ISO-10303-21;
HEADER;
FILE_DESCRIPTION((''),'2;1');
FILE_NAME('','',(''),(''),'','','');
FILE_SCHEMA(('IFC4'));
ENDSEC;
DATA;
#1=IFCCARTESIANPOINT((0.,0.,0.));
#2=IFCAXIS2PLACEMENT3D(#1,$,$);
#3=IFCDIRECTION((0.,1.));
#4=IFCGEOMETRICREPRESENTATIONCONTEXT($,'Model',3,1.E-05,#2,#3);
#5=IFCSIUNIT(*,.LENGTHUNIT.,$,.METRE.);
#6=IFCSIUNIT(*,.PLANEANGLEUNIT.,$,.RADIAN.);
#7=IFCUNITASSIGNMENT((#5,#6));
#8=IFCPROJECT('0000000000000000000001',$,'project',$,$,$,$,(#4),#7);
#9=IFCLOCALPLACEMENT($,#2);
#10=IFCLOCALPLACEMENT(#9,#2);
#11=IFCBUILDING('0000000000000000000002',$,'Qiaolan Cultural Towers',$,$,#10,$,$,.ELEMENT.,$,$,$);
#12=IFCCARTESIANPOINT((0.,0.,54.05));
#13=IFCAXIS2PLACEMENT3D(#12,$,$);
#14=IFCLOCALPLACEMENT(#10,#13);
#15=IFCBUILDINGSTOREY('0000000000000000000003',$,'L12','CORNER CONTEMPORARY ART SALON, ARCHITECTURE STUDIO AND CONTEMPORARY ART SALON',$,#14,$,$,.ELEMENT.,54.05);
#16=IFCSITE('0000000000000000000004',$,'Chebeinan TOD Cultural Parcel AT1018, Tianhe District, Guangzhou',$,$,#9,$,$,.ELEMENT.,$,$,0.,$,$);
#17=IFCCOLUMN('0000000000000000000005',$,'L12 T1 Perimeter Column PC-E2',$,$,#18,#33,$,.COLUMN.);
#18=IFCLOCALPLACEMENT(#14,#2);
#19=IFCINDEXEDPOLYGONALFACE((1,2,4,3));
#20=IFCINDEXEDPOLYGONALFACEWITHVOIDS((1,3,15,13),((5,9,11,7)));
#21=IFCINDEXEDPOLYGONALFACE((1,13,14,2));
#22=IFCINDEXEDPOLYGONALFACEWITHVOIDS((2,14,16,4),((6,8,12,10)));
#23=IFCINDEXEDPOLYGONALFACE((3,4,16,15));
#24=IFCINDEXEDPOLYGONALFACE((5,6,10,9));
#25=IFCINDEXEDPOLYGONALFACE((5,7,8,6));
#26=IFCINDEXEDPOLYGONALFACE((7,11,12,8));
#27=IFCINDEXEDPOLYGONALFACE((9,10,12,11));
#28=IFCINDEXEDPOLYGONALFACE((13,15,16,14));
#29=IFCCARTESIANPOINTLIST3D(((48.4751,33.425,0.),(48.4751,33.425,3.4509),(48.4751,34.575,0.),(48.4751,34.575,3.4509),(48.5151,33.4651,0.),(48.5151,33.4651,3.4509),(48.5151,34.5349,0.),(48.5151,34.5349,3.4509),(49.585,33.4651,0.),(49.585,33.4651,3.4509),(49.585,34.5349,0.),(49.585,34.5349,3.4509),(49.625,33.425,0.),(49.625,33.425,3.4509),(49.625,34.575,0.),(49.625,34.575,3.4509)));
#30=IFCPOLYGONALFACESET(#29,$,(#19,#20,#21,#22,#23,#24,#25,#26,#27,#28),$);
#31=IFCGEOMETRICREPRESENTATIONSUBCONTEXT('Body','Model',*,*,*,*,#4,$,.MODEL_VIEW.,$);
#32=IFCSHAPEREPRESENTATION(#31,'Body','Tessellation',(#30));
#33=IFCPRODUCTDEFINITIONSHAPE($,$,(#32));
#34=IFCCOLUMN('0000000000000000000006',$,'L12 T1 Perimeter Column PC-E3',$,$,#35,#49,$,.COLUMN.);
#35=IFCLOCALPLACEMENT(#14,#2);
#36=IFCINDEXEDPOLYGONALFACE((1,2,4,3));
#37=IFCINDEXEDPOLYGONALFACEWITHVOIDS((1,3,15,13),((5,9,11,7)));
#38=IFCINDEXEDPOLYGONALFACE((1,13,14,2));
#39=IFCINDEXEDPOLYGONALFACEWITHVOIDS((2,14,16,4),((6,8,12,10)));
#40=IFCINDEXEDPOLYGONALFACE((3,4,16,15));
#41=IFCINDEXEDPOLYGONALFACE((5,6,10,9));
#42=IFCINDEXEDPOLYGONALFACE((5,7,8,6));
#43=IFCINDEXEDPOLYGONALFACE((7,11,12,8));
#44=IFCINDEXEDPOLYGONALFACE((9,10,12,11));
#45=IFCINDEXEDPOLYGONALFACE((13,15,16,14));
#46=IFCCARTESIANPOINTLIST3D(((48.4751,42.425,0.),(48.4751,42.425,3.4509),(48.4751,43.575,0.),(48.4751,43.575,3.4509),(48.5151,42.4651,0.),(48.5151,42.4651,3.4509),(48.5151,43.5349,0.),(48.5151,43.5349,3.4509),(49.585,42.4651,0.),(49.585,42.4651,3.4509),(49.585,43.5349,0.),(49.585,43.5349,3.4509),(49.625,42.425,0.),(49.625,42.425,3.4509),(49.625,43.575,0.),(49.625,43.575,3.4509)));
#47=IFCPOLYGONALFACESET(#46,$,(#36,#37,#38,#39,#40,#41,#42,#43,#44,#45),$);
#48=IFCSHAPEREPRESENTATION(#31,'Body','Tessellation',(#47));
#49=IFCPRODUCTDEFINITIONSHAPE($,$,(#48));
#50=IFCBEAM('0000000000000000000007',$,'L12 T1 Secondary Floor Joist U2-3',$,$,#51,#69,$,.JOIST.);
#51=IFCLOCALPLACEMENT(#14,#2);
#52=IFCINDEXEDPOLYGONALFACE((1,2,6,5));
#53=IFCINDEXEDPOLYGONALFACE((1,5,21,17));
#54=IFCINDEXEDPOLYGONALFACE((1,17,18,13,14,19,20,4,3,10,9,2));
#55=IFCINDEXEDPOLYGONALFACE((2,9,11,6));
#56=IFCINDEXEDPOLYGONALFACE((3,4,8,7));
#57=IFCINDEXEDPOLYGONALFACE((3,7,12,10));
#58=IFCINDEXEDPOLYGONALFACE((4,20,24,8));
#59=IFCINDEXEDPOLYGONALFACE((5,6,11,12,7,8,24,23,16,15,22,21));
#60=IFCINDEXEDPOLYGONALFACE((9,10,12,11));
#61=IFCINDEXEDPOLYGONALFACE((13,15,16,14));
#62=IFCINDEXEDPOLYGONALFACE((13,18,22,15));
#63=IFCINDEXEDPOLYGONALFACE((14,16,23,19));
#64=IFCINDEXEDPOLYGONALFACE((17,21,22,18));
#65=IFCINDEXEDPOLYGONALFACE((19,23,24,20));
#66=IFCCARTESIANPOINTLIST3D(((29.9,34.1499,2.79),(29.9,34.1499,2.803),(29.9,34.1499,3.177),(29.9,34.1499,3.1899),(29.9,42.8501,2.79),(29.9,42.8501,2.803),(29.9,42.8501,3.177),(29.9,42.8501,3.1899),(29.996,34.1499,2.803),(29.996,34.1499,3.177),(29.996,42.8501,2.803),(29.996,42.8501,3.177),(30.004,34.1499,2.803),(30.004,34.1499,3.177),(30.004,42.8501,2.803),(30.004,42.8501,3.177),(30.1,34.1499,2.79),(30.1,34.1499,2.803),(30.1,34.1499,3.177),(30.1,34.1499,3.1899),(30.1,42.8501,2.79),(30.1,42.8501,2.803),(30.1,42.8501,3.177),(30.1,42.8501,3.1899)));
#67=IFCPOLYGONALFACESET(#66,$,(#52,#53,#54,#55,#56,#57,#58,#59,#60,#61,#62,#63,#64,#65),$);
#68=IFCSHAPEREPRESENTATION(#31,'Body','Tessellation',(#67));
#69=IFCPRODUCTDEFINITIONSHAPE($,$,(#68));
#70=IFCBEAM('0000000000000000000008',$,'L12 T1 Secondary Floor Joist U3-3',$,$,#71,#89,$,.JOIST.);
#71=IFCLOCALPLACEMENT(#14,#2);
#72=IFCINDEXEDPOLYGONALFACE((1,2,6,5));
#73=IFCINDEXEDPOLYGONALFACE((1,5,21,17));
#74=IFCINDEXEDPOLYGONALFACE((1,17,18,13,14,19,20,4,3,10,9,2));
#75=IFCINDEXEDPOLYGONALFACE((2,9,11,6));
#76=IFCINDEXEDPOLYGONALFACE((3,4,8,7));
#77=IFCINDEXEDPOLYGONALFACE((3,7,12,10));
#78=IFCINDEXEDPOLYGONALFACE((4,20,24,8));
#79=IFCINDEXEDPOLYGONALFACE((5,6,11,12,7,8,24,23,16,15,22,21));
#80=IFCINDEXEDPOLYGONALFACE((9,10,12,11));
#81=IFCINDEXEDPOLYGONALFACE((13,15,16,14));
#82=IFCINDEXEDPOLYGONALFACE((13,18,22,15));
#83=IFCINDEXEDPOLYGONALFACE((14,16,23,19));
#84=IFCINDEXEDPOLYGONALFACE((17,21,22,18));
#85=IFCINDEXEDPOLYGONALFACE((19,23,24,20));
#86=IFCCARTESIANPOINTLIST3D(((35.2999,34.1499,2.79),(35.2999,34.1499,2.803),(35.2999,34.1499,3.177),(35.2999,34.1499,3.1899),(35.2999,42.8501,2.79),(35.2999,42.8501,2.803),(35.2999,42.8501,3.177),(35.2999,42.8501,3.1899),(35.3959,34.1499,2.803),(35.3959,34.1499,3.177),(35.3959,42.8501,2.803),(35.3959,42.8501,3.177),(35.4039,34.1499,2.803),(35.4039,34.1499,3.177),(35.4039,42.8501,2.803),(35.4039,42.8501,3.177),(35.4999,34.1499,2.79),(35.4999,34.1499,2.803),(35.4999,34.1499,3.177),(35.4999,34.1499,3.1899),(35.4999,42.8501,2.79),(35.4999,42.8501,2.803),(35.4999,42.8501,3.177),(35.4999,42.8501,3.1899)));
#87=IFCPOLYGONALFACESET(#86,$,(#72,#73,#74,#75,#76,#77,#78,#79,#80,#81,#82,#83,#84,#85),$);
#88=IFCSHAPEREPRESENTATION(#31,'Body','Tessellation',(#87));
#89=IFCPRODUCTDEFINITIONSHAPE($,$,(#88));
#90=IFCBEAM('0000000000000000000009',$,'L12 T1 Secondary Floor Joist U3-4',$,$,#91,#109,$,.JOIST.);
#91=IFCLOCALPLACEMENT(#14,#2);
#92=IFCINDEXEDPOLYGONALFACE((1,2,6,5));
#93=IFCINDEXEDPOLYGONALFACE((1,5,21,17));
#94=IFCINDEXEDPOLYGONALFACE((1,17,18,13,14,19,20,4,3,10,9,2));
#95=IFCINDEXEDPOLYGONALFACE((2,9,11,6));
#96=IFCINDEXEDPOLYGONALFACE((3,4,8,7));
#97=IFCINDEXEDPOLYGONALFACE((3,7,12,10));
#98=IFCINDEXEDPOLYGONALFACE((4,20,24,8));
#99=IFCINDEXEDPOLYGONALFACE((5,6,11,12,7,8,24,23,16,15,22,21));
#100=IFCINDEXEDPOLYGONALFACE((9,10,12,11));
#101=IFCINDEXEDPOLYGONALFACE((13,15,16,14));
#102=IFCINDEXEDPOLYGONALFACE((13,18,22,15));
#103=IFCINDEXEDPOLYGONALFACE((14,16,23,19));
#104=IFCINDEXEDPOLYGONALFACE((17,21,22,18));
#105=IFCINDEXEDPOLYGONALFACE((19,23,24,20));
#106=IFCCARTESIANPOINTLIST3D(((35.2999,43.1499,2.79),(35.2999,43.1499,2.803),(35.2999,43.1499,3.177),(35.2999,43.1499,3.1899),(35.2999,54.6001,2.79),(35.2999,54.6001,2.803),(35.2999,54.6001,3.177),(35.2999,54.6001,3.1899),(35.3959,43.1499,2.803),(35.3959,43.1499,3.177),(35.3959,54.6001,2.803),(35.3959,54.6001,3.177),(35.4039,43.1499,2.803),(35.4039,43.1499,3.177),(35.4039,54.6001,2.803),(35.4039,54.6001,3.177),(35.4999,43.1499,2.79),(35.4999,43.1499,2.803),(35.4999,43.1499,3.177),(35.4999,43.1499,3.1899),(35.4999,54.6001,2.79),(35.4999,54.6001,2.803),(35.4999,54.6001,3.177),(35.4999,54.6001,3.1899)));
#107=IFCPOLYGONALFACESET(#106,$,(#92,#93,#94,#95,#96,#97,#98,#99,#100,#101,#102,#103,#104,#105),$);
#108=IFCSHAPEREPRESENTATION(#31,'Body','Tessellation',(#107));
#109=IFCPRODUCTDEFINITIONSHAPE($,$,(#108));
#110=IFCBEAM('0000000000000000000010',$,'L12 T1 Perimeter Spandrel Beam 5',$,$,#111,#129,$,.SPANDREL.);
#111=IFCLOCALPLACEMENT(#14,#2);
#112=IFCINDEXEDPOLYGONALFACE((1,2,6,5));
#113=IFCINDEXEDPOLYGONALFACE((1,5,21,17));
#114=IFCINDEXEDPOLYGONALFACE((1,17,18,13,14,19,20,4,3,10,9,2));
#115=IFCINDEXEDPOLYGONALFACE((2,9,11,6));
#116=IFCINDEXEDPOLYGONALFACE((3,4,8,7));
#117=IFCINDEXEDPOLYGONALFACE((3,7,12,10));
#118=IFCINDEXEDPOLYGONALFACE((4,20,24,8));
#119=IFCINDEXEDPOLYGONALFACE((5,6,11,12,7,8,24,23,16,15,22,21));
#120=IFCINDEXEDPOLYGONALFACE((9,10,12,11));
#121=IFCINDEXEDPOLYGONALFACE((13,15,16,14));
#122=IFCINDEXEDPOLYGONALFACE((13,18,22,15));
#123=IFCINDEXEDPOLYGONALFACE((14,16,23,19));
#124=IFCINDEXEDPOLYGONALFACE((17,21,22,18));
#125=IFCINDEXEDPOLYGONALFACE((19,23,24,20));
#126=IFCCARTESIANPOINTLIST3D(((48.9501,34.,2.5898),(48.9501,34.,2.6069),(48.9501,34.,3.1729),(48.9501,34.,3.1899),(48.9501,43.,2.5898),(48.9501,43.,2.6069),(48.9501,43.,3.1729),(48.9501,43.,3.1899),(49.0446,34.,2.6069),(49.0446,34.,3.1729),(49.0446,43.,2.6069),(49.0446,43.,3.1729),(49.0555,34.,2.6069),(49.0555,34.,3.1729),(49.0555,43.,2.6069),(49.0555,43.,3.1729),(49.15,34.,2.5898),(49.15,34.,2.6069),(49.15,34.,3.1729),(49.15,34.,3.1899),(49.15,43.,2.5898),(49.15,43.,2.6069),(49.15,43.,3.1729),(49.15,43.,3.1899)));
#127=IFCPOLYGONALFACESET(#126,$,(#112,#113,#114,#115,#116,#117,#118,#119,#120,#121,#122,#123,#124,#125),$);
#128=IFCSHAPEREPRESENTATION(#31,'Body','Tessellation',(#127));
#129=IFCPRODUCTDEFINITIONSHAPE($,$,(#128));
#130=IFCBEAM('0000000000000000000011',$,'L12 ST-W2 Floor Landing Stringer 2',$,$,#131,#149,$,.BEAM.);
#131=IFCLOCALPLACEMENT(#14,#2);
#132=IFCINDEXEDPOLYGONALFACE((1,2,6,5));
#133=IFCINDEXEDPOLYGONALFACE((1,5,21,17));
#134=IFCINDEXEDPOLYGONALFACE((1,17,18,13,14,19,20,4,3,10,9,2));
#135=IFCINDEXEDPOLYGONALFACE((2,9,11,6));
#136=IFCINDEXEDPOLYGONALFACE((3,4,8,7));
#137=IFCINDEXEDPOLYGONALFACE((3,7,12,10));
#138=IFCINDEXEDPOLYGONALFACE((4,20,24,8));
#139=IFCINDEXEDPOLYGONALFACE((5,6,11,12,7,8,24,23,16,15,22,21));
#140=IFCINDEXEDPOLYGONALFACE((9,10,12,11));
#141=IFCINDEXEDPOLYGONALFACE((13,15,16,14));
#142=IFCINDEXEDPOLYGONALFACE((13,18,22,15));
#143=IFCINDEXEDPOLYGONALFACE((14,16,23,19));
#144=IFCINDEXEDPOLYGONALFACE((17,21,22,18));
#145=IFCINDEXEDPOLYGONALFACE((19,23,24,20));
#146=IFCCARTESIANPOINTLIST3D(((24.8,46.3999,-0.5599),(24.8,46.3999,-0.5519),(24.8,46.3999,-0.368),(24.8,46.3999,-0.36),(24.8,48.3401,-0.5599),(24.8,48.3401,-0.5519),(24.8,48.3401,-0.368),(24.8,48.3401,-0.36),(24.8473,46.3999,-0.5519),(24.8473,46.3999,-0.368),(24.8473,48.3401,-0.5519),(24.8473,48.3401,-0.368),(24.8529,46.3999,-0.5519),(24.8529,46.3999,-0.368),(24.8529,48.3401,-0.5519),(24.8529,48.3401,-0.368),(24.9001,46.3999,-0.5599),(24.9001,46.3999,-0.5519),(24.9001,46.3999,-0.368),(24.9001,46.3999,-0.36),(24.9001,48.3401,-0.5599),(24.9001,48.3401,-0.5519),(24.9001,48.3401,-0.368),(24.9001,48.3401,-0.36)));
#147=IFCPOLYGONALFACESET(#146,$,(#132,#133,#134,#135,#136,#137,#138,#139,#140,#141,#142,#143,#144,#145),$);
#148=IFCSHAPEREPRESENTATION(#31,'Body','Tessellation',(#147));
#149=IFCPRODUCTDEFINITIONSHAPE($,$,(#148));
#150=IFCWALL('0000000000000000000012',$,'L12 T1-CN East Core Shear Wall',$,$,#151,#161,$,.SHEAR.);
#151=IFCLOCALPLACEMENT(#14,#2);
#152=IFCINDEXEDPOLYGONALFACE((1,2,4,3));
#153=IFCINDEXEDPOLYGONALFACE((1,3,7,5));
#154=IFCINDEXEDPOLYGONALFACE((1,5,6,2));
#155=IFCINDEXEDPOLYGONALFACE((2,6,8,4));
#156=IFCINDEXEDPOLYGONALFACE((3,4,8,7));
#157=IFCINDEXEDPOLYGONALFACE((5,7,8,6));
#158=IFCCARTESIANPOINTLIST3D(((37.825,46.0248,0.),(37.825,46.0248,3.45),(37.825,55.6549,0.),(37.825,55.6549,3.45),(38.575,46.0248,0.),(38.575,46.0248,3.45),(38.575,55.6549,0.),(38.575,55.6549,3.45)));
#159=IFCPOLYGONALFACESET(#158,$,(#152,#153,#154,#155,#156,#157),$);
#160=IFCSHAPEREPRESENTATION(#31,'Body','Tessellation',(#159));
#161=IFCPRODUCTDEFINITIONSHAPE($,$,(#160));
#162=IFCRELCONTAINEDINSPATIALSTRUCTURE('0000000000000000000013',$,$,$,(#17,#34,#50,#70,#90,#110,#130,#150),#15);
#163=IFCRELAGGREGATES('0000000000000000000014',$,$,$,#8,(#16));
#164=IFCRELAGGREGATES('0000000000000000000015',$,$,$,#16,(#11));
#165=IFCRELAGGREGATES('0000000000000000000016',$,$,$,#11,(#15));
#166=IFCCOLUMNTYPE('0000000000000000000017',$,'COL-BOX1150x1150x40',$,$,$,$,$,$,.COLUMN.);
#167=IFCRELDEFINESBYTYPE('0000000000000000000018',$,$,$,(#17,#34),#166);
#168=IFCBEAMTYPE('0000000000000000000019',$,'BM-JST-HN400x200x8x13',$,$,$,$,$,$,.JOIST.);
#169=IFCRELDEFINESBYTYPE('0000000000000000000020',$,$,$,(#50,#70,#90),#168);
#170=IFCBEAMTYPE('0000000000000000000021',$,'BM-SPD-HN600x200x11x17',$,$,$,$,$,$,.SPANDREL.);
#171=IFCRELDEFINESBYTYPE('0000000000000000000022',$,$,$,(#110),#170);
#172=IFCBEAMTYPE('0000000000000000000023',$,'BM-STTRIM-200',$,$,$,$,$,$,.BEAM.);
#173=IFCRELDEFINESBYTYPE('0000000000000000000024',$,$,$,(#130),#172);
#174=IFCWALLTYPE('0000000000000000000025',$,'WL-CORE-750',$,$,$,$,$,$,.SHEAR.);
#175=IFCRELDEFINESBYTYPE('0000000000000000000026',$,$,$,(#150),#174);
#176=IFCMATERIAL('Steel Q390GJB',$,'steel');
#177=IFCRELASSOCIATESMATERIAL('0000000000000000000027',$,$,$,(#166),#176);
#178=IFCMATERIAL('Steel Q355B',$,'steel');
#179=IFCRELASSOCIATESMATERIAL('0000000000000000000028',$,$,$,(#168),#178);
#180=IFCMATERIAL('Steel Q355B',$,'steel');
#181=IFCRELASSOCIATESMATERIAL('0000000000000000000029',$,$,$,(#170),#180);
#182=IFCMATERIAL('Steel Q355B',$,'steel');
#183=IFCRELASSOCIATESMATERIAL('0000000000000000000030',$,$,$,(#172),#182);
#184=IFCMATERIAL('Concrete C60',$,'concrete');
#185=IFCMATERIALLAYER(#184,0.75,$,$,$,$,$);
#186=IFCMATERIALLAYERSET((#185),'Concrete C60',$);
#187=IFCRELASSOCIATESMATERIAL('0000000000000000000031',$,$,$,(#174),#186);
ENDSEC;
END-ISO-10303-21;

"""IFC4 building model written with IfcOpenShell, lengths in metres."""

from ifc_helpers import new_model, si_unit, direction, frame, frame_2d, origin, origin_2d, place, context, subcontext, project, spatial, rectangle, hollow_rectangle, i_section, extrude, material, layer, layer_set, material_profile, profile_set, type_object, element, save


model = new_model("IFC4")

# Units and contexts
model_context = context("Model", 3, precision=1e-05, world=origin(), true_north=direction((0.0, 1.0)))
body_context = subcontext(model_context, "Body", "Model", "MODEL_VIEW")
ifc_project = project(units=[si_unit("LENGTHUNIT", "METRE"), si_unit("PLANEANGLEUNIT", "RADIAN")], contexts=[model_context])

# Site, building, storey
site_placement = place(None, origin())
site = spatial("IfcSite", under=ifc_project, at=site_placement, Name="Chebeinan TOD Cultural Parcel AT1018, Tianhe District, Guangzhou", CompositionType="ELEMENT", RefElevation=0.0)
building_placement = place(site_placement, origin())
building = spatial("IfcBuilding", under=site, at=building_placement, Name="Qiaolan Cultural Towers", CompositionType="ELEMENT")
storey_placement = place(building_placement, frame((0.0, 0.0, 54.05)))
storey = spatial("IfcBuildingStorey", under=building, at=storey_placement, Name="L12", Description="CORNER CONTEMPORARY ART SALON, ARCHITECTURE STUDIO AND CONTEMPORARY ART SALON", CompositionType="ELEMENT", Elevation=54.05)

# Columns
ifc_material_1 = material(Name="Steel Q390GJB", Category="steel")
ifc_material_profile_1 = material_profile(ifc_material_1, hollow_rectangle(XDim=1.1499, YDim=1.1499, WallThickness=0.04, at=origin_2d()), Name="BOX1150x1150x40")
ifc_profile_set_1 = profile_set([ifc_material_profile_1], Name="Steel Q390GJB")
column_type = type_object("IfcColumnType", Name="COL-BOX1150x1150x40", PredefinedType="COLUMN", material=ifc_profile_set_1)
for number, where, z_axis, x_axis, name in (
    (1, (49.05, 34.0, 0.0), (0.0, 0.0, 1.0), (1.0, 0.0, 0.0), "L12 T1 Perimeter Column PC-E2"),
    (2, (49.05, 43.0, 0.0), (0.0, 0.0, 1.0), (1.0, 0.0, 0.0), "L12 T1 Perimeter Column PC-E3"),
):
    element("IfcColumn", number, at=place(storey_placement, frame(where, z_axis=z_axis, x_axis=x_axis)), inside=storey, type_object=column_type, Name=name, PredefinedType="COLUMN", context=body_context, shape_type="SweptSolid", body=[
        extrude(hollow_rectangle(XDim=1.1499, YDim=1.1499, WallThickness=0.04, at=origin_2d()), origin(), (0.0, 0.0, 1.0), 3.4509),
    ])

# Beams
ifc_material_2 = material(Name="Steel Q355B", Category="steel")
ifc_material_profile_2 = material_profile(ifc_material_2, i_section(OverallWidth=0.2, OverallDepth=0.3999, WebThickness=0.0081, FlangeThickness=0.0129, at=origin_2d()), Name="HN400x200x8x13")
ifc_profile_set_2 = profile_set([ifc_material_profile_2], Name="Steel Q355B")
beam_type_1 = type_object("IfcBeamType", Name="BM-JST-HN400x200x8x13", PredefinedType="JOIST", material=ifc_profile_set_2)
for number, where, z_axis, x_axis, name in (
    (3, (30.0, 34.1499, 2.99), (0.0, 1.0, 0.0), (-1.0, 0.0, 0.0), "L12 T1 Secondary Floor Joist U2-3"),
    (4, (35.3999, 34.1499, 2.99), (0.0, 1.0, 0.0), (-1.0, 0.0, 0.0), "L12 T1 Secondary Floor Joist U3-3"),
):
    element("IfcBeam", number, at=place(storey_placement, frame(where, z_axis=z_axis, x_axis=x_axis)), inside=storey, type_object=beam_type_1, Name=name, PredefinedType="JOIST", context=body_context, shape_type="SweptSolid", body=[
        extrude(i_section(OverallWidth=0.2, OverallDepth=0.3999, WebThickness=0.0081, FlangeThickness=0.0129, at=origin_2d()), origin(), (0.0, 0.0, 1.0), 8.7002),
    ])
beam_1_placement = place(storey_placement, frame((35.3999, 43.1499, 2.99), z_axis=(0.0, 1.0, 0.0), x_axis=(-1.0, 0.0, 0.0)))
element("IfcBeam", 5, at=beam_1_placement, inside=storey, type_object=beam_type_1, Name="L12 T1 Secondary Floor Joist U3-4", PredefinedType="JOIST", context=body_context, shape_type="SweptSolid", body=[
    extrude(i_section(OverallWidth=0.2, OverallDepth=0.3999, WebThickness=0.0081, FlangeThickness=0.0129, at=origin_2d()), origin(), (0.0, 0.0, 1.0), 11.4502),
])
ifc_material_3 = material(Name="Steel Q355B", Category="steel")
ifc_material_profile_3 = material_profile(ifc_material_3, i_section(OverallWidth=0.2, OverallDepth=0.6001, WebThickness=0.011, FlangeThickness=0.0171, at=origin_2d()), Name="HN600x200x11x17")
ifc_profile_set_3 = profile_set([ifc_material_profile_3], Name="Steel Q355B")
beam_type_2 = type_object("IfcBeamType", Name="BM-SPD-HN600x200x11x17", PredefinedType="SPANDREL", material=ifc_profile_set_3)
beam_2_placement = place(storey_placement, frame((49.05, 34.0, 2.8899), z_axis=(0.0, 1.0, 0.0), x_axis=(-1.0, 0.0, 0.0)))
element("IfcBeam", 6, at=beam_2_placement, inside=storey, type_object=beam_type_2, Name="L12 T1 Perimeter Spandrel Beam 5", PredefinedType="SPANDREL", context=body_context, shape_type="SweptSolid", body=[
    extrude(i_section(OverallWidth=0.2, OverallDepth=0.6001, WebThickness=0.011, FlangeThickness=0.0171, at=origin_2d()), origin(), (0.0, 0.0, 1.0), 9.0),
])
ifc_material_4 = material(Name="Steel Q355B", Category="steel")
ifc_material_profile_4 = material_profile(ifc_material_4, i_section(OverallWidth=0.1001, OverallDepth=0.2, WebThickness=0.0056, FlangeThickness=0.0081, at=origin_2d()), Name="HN200x100x5.5x8")
ifc_profile_set_4 = profile_set([ifc_material_profile_4], Name="Steel Q355B")
beam_type_3 = type_object("IfcBeamType", Name="BM-STTRIM-200", PredefinedType="BEAM", material=ifc_profile_set_4)
beam_3_placement = place(storey_placement, frame((24.8501, 46.3999, -0.46), z_axis=(0.0, 1.0, 0.0), x_axis=(-1.0, 0.0, 0.0)))
element("IfcBeam", 7, at=beam_3_placement, inside=storey, type_object=beam_type_3, Name="L12 ST-W2 Floor Landing Stringer 2", PredefinedType="BEAM", context=body_context, shape_type="SweptSolid", body=[
    extrude(i_section(OverallWidth=0.1001, OverallDepth=0.2, WebThickness=0.0056, FlangeThickness=0.0081, at=origin_2d()), origin(), (0.0, 0.0, 1.0), 1.9402),
])

# Wall
ifc_material_5 = material(Name="Concrete C60", Category="concrete")
ifc_layer_1 = layer(ifc_material_5, 0.75)
ifc_layer_set_1 = layer_set([ifc_layer_1], Name="Concrete C60")
wall_type_1 = type_object("IfcWallType", Name="WL-CORE-750", PredefinedType="SHEAR", material=ifc_layer_set_1)
wall_1_placement = place(storey_placement, frame((38.2, 46.0249, 0.0), z_axis=(0.0, 0.0, 1.0), x_axis=(0.0, 1.0, 0.0)))
element("IfcWall", 8, at=wall_1_placement, inside=storey, type_object=wall_type_1, Name="L12 T1-CN East Core Shear Wall", PredefinedType="SHEAR", context=body_context, shape_type="SweptSolid", body=[
    extrude(rectangle(XDim=9.6301, YDim=0.75, at=frame_2d((4.8149, 0.0))), origin(), (0.0, 0.0, 1.0), 3.45),
])

save(model, "model.ifc")
